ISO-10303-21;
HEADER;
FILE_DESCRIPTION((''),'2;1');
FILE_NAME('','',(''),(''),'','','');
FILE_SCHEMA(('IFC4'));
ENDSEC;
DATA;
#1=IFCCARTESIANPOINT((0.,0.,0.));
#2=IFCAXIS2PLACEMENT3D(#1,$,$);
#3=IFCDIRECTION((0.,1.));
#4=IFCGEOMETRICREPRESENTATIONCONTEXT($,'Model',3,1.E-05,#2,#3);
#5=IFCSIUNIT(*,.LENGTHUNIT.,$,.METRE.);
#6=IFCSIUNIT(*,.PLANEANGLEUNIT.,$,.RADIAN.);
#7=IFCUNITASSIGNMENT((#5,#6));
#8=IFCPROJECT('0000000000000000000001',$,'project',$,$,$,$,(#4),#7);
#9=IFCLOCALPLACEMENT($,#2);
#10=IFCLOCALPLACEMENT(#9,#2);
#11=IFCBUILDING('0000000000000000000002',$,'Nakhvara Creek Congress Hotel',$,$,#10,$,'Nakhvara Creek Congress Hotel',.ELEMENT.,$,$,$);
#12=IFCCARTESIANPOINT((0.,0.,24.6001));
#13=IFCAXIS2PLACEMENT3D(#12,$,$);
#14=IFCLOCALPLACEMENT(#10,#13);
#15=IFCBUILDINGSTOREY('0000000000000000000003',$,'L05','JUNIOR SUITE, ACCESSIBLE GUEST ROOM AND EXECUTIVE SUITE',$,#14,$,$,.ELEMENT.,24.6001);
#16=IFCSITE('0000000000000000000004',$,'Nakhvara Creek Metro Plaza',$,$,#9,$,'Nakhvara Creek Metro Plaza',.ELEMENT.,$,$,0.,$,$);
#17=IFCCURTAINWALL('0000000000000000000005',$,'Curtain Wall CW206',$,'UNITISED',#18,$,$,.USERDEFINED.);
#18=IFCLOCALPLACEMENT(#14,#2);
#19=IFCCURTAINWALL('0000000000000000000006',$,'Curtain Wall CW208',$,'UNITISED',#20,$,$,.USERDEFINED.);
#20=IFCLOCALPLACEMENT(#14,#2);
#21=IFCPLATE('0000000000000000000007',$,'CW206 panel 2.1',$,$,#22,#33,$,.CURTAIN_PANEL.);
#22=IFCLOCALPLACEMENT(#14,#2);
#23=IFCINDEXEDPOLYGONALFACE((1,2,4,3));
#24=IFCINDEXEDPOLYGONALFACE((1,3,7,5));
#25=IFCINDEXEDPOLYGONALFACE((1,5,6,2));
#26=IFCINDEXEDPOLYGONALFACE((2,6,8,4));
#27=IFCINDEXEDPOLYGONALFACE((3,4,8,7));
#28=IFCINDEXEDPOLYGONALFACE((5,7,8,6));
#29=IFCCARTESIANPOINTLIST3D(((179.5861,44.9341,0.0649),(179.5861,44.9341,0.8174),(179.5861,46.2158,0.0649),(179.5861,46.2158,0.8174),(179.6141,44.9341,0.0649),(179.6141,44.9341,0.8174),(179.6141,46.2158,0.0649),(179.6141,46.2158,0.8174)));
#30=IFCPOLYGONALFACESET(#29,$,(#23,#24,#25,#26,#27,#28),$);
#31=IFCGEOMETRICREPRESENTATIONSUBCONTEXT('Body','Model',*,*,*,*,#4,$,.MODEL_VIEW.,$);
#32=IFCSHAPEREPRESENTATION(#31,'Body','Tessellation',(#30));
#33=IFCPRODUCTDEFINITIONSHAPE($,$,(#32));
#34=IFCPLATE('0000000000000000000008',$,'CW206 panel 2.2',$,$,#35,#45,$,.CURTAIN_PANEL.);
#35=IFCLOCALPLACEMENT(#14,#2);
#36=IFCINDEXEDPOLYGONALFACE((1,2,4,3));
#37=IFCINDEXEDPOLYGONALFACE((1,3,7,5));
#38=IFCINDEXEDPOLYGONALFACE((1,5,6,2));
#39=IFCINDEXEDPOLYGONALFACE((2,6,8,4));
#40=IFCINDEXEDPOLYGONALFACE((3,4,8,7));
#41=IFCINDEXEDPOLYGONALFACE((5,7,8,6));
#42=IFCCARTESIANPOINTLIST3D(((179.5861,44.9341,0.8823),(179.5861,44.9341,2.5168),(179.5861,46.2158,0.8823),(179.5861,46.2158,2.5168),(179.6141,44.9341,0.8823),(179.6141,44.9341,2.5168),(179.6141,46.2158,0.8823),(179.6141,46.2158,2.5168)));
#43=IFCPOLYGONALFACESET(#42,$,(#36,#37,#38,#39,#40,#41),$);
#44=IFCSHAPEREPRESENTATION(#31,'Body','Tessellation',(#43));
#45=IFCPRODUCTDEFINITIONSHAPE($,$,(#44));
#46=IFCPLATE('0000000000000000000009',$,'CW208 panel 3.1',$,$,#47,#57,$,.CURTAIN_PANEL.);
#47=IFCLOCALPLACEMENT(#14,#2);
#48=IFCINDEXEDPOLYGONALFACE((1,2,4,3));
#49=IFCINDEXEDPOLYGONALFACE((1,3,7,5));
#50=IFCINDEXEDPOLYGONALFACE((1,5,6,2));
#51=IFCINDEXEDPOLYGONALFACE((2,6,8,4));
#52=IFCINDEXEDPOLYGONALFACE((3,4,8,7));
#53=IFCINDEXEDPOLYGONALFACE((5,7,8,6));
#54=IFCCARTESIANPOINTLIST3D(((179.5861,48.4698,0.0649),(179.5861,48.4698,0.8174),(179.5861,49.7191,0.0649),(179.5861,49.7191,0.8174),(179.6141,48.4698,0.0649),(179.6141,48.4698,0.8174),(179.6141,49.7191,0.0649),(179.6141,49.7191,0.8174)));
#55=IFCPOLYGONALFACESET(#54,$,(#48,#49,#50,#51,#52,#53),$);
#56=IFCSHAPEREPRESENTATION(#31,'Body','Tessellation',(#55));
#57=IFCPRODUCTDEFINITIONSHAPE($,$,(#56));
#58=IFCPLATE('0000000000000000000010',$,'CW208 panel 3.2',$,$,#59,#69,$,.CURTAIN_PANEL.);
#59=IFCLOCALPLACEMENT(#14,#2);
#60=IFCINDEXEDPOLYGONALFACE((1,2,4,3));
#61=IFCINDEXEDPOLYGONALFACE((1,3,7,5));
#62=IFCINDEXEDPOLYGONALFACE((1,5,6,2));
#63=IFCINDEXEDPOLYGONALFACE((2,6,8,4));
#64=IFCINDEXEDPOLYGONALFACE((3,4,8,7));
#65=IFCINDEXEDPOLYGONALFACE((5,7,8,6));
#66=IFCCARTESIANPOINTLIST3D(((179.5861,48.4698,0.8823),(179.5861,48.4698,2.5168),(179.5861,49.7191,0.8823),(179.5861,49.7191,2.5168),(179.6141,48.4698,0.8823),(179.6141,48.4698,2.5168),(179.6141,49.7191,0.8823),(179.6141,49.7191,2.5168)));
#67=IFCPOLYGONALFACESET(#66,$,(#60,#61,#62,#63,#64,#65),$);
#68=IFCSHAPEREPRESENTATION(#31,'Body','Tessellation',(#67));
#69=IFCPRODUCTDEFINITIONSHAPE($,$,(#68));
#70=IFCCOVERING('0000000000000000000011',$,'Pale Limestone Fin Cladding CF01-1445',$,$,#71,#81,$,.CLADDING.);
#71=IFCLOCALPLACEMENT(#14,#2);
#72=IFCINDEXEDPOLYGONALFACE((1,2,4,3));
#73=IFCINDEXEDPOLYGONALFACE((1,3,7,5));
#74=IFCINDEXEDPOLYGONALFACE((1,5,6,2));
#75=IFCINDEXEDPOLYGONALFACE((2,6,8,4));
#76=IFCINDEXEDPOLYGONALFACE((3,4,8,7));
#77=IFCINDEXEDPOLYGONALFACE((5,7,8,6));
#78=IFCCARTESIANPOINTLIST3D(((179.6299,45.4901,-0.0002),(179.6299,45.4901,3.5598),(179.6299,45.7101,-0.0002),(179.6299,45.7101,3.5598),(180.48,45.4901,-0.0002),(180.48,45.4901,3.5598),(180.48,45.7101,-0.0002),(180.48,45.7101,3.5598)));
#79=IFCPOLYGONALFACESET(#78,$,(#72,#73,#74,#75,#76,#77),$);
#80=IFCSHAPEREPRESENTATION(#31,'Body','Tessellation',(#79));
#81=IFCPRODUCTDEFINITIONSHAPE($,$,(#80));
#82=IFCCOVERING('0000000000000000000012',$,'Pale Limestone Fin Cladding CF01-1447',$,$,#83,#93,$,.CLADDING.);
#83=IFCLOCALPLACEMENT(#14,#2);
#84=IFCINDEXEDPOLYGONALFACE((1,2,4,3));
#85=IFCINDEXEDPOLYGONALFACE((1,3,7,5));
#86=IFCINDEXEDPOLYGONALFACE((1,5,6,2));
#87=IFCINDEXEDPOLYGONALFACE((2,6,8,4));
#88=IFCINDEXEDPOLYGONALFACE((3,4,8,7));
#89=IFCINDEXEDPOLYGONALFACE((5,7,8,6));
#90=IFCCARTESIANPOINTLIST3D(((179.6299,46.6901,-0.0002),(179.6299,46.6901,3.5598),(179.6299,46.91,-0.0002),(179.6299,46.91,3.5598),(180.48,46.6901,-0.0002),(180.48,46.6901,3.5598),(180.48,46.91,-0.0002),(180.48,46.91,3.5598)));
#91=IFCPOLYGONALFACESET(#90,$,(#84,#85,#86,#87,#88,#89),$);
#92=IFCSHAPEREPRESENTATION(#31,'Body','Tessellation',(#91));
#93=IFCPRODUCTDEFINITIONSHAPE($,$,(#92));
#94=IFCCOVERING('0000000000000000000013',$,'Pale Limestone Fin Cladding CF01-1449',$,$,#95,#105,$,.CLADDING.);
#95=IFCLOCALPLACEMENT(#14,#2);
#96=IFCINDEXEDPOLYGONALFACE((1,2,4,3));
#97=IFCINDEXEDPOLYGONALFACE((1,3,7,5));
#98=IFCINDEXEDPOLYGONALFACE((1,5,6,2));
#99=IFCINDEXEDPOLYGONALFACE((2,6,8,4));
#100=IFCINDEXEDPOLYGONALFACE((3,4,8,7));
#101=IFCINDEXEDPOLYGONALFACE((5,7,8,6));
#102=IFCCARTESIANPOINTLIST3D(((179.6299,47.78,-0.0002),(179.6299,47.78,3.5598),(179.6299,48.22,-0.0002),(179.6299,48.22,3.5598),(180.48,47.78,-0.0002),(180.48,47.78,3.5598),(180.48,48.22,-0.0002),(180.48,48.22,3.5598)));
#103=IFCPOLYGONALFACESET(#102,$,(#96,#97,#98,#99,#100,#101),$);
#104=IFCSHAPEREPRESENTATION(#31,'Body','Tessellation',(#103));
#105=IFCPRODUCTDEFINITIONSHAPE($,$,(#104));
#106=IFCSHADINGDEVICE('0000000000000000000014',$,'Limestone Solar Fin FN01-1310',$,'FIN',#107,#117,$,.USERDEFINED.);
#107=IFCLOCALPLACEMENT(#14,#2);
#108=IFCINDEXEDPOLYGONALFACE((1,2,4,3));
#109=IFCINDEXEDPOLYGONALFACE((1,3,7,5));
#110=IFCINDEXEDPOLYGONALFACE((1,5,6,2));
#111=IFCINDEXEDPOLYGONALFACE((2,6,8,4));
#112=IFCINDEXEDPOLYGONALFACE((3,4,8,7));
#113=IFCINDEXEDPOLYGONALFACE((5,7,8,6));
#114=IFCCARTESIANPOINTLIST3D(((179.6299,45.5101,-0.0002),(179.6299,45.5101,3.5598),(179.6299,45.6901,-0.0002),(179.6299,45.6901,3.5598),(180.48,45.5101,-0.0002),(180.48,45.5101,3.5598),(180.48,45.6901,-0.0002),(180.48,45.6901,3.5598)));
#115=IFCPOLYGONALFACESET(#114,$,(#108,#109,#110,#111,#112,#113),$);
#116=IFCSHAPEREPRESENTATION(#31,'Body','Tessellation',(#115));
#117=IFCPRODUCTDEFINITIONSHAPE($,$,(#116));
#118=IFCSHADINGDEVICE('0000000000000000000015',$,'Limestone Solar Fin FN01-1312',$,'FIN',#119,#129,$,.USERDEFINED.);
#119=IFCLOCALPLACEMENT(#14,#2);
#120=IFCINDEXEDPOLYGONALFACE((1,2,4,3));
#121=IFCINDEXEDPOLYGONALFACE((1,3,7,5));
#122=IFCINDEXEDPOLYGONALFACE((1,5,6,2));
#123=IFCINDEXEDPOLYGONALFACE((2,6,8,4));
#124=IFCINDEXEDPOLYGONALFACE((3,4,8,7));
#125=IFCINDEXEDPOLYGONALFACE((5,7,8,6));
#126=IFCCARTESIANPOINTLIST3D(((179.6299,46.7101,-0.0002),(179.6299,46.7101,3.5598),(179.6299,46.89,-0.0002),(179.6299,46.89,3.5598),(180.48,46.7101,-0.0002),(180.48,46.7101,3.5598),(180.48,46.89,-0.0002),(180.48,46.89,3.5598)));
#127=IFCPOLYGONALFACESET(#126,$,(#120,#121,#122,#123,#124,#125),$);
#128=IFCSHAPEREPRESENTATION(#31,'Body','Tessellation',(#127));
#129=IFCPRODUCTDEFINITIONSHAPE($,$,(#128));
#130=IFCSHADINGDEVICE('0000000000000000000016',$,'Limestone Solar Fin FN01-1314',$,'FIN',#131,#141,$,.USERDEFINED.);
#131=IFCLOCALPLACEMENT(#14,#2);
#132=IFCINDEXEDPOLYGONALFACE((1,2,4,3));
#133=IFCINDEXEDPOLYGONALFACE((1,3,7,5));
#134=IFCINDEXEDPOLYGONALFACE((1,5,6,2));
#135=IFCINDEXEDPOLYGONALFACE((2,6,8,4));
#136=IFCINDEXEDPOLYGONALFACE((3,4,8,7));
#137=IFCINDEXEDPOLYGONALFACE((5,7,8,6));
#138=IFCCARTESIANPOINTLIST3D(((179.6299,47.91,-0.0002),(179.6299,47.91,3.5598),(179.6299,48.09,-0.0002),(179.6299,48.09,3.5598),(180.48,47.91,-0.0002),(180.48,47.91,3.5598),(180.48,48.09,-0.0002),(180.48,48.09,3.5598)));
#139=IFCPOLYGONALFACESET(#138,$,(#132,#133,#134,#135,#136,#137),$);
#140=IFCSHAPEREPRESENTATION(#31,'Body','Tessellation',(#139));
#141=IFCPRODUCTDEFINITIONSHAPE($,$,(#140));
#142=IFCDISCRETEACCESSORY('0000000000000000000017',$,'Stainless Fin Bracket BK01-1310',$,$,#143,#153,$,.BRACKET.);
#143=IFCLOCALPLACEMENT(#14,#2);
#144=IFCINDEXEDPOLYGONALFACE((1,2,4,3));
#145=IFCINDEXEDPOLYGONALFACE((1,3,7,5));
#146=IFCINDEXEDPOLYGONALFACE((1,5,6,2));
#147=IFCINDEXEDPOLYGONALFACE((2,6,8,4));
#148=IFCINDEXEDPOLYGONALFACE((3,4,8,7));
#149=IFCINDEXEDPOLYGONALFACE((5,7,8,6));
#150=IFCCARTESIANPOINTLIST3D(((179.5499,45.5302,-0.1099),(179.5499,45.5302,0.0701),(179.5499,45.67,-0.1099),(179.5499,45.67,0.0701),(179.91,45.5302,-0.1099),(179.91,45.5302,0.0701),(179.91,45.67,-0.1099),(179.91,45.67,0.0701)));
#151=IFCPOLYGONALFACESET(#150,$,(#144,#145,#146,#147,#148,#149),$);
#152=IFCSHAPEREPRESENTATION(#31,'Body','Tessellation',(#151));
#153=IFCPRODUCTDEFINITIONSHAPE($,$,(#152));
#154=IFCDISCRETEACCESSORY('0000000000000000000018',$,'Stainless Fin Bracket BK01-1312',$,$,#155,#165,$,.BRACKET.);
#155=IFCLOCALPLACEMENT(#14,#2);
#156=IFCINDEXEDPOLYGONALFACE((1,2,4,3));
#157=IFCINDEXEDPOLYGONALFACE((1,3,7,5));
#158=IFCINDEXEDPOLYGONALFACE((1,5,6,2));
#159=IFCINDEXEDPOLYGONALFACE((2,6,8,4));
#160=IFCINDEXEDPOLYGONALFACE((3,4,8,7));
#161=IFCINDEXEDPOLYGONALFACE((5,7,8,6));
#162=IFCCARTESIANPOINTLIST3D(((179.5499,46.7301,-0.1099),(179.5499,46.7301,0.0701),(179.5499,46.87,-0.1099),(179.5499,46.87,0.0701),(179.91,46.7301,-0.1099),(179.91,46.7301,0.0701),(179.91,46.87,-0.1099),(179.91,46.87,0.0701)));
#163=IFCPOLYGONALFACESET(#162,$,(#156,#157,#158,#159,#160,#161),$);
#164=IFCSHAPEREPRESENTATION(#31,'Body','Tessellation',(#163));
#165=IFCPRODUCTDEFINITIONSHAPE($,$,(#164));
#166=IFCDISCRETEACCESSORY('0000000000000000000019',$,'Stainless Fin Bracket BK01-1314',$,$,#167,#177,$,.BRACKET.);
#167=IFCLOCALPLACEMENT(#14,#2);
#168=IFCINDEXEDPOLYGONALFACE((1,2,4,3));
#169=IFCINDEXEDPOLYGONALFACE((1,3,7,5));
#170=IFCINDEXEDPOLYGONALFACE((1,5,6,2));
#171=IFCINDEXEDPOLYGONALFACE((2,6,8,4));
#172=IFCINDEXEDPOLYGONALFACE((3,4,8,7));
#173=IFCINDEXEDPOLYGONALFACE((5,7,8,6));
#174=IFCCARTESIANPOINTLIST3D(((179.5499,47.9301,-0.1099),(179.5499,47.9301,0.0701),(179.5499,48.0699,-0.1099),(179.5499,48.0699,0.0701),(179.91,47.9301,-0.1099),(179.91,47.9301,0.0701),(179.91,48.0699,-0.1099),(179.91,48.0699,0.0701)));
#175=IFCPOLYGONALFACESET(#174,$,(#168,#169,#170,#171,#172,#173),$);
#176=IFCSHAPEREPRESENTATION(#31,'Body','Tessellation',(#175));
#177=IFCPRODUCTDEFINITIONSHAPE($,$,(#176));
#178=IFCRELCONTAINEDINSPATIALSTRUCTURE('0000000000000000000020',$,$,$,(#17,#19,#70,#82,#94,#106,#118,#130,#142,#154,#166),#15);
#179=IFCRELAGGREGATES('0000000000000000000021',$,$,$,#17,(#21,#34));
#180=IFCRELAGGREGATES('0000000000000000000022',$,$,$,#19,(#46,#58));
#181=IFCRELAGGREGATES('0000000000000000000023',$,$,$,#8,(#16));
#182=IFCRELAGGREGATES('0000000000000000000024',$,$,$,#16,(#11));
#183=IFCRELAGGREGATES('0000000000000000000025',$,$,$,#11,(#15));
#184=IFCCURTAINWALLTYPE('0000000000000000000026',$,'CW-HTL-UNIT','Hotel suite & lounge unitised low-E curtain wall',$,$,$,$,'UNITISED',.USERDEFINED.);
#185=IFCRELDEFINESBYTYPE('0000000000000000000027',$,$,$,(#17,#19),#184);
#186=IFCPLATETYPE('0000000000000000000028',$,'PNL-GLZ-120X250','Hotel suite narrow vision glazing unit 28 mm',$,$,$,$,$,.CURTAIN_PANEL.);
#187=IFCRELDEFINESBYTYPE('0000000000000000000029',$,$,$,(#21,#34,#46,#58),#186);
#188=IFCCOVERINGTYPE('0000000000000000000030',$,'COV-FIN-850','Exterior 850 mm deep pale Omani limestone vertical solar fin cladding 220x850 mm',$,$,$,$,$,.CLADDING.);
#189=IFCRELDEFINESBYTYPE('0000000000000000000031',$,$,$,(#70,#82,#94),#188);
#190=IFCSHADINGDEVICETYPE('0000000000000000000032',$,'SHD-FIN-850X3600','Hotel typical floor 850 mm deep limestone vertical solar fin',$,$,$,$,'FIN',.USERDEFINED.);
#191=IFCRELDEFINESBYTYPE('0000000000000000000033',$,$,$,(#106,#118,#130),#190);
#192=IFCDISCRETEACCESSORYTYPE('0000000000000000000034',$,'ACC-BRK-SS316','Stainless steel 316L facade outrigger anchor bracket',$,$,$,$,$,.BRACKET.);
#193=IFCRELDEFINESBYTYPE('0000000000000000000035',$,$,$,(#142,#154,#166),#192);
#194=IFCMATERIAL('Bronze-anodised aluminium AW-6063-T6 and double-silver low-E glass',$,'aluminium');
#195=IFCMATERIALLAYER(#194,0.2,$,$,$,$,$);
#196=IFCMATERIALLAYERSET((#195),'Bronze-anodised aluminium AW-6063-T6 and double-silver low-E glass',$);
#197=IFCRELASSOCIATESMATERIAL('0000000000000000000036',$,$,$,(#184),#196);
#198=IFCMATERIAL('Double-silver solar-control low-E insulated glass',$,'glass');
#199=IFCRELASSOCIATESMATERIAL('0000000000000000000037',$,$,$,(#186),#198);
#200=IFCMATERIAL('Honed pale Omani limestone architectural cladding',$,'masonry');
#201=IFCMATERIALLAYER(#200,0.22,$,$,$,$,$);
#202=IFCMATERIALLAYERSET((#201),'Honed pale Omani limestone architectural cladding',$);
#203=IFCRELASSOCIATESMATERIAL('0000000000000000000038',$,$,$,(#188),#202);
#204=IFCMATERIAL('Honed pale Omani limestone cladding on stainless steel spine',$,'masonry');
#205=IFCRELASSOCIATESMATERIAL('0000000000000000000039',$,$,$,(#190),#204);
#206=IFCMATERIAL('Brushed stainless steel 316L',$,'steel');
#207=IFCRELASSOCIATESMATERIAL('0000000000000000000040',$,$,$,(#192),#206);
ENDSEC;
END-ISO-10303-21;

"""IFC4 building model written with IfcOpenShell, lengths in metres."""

from ifc_helpers import new_model, si_unit, direction, frame, origin, origin_2d, place, context, subcontext, project, spatial, rectangle, extrude, material, layer, layer_set, type_object, element, aggregate, save


model = new_model("IFC4")

# Units and contexts
model_context = context("Model", 3, precision=1e-05, world=origin(), true_north=direction((0.0, 1.0)))
body_context = subcontext(model_context, "Body", "Model", "MODEL_VIEW")
ifc_project = project(units=[si_unit("LENGTHUNIT", "METRE"), si_unit("PLANEANGLEUNIT", "RADIAN")], contexts=[model_context])

# Site, building, storey
site_placement = place(None, origin())
site = spatial("IfcSite", under=ifc_project, at=site_placement, Name="Nakhvara Creek Metro Plaza", LongName="Nakhvara Creek Metro Plaza", CompositionType="ELEMENT", RefElevation=0.0)
building_placement = place(site_placement, origin())
building = spatial("IfcBuilding", under=site, at=building_placement, Name="Nakhvara Creek Congress Hotel", LongName="Nakhvara Creek Congress Hotel", CompositionType="ELEMENT")
storey_placement = place(building_placement, frame((0.0, 0.0, 24.6001)))
storey = spatial("IfcBuildingStorey", under=building, at=storey_placement, Name="L05", Description="JUNIOR SUITE, ACCESSIBLE GUEST ROOM AND EXECUTIVE SUITE", CompositionType="ELEMENT", Elevation=24.6001)

# Curtain wall
ifc_material_1 = material(Name="Bronze-anodised aluminium AW-6063-T6 and double-silver low-E glass", Category="aluminium")
ifc_layer_1 = layer(ifc_material_1, 0.2)
ifc_layer_set_1 = layer_set([ifc_layer_1], Name="Bronze-anodised aluminium AW-6063-T6 and double-silver low-E glass")
curtain_wall_type = type_object("IfcCurtainWallType", Name="CW-HTL-UNIT", Description="Hotel suite & lounge unitised low-E curtain wall", ElementType="UNITISED", PredefinedType="USERDEFINED", material=ifc_layer_set_1)
curtain_wall_1_placement = place(storey_placement, origin())
curtain_wall_1 = element("IfcCurtainWall", 1, at=curtain_wall_1_placement, inside=storey, type_object=curtain_wall_type, Name="Curtain Wall CW206", ObjectType="UNITISED", PredefinedType="USERDEFINED")

# Curtain wall
curtain_wall_2_placement = place(storey_placement, origin())
curtain_wall_2 = element("IfcCurtainWall", 2, at=curtain_wall_2_placement, inside=storey, type_object=curtain_wall_type, Name="Curtain Wall CW208", ObjectType="UNITISED", PredefinedType="USERDEFINED")

# Plates
ifc_material_2 = material(Name="Double-silver solar-control low-E insulated glass", Category="glass")
plate_type = type_object("IfcPlateType", Name="PNL-GLZ-120X250", Description="Hotel suite narrow vision glazing unit 28 mm", PredefinedType="CURTAIN_PANEL", material=ifc_material_2)
plate_1_placement = place(storey_placement, frame((179.6001, 45.575, 0.0649), z_axis=(0.0, 0.0, 1.0), x_axis=(0.0, -1.0, 0.0)))
plate_1 = element("IfcPlate", 3, at=plate_1_placement, type_object=plate_type, Name="CW206 panel 2.1", PredefinedType="CURTAIN_PANEL", context=body_context, shape_type="SweptSolid", body=[
    extrude(rectangle(XDim=1.2817, YDim=0.0281, at=origin_2d()), origin(), (0.0, 0.0, 1.0), 0.7524),
])
plate_2_placement = place(storey_placement, frame((179.6001, 45.575, 0.8823), z_axis=(0.0, 0.0, 1.0), x_axis=(0.0, -1.0, 0.0)))
plate_2 = element("IfcPlate", 4, at=plate_2_placement, type_object=plate_type, Name="CW206 panel 2.2", PredefinedType="CURTAIN_PANEL", context=body_context, shape_type="SweptSolid", body=[
    extrude(rectangle(XDim=1.2817, YDim=0.0281, at=origin_2d()), origin(), (0.0, 0.0, 1.0), 1.6345),
])
aggregate(curtain_wall_1, [plate_1, plate_2])
plate_3_placement = place(storey_placement, frame((179.6001, 49.0945, 0.0649), z_axis=(0.0, 0.0, 1.0), x_axis=(0.0, -1.0, 0.0)))
plate_3 = element("IfcPlate", 5, at=plate_3_placement, type_object=plate_type, Name="CW208 panel 3.1", PredefinedType="CURTAIN_PANEL", context=body_context, shape_type="SweptSolid", body=[
    extrude(rectangle(XDim=1.2493, YDim=0.0281, at=origin_2d()), origin(), (0.0, 0.0, 1.0), 0.7524),
])
plate_4_placement = place(storey_placement, frame((179.6001, 49.0945, 0.8823), z_axis=(0.0, 0.0, 1.0), x_axis=(0.0, -1.0, 0.0)))
plate_4 = element("IfcPlate", 6, at=plate_4_placement, type_object=plate_type, Name="CW208 panel 3.2", PredefinedType="CURTAIN_PANEL", context=body_context, shape_type="SweptSolid", body=[
    extrude(rectangle(XDim=1.2493, YDim=0.0281, at=origin_2d()), origin(), (0.0, 0.0, 1.0), 1.6345),
])
aggregate(curtain_wall_2, [plate_3, plate_4])

# Coverings
ifc_material_3 = material(Name="Honed pale Omani limestone architectural cladding", Category="masonry")
ifc_layer_2 = layer(ifc_material_3, 0.22)
ifc_layer_set_2 = layer_set([ifc_layer_2], Name="Honed pale Omani limestone architectural cladding")
covering_type = type_object("IfcCoveringType", Name="COV-FIN-850", Description="Exterior 850 mm deep pale Omani limestone vertical solar fin cladding 220x850 mm", PredefinedType="CLADDING", material=ifc_layer_set_2)
for number, where, z_axis, x_axis, name in (
    (7, (180.0549, 45.6001, -0.0002), (0.0, 0.0, 1.0), (0.0, 1.0, 0.0), "Pale Limestone Fin Cladding CF01-1445"),
    (8, (180.0549, 46.8, -0.0002), (0.0, 0.0, 1.0), (0.0, 1.0, 0.0), "Pale Limestone Fin Cladding CF01-1447"),
):
    element("IfcCovering", number, at=place(storey_placement, frame(where, z_axis=z_axis, x_axis=x_axis)), inside=storey, type_object=covering_type, Name=name, PredefinedType="CLADDING", context=body_context, shape_type="SweptSolid", body=[
        extrude(rectangle(XDim=0.22, YDim=0.8501, at=origin_2d()), origin(), (0.0, 0.0, 1.0), 3.5601),
    ])
covering_placement = place(storey_placement, frame((180.0549, 48.0, -0.0002), z_axis=(0.0, 0.0, 1.0), x_axis=(0.0, 1.0, 0.0)))
element("IfcCovering", 9, at=covering_placement, inside=storey, type_object=covering_type, Name="Pale Limestone Fin Cladding CF01-1449", PredefinedType="CLADDING", context=body_context, shape_type="SweptSolid", body=[
    extrude(rectangle(XDim=0.4399, YDim=0.8501, at=origin_2d()), origin(), (0.0, 0.0, 1.0), 3.5601),
])

# Shading devices
ifc_material_4 = material(Name="Honed pale Omani limestone cladding on stainless steel spine", Category="masonry")
shading_device_type = type_object("IfcShadingDeviceType", Name="SHD-FIN-850X3600", Description="Hotel typical floor 850 mm deep limestone vertical solar fin", ElementType="FIN", PredefinedType="USERDEFINED", material=ifc_material_4)
for number, where, z_axis, x_axis, name in (
    (10, (180.0549, 45.6001, -0.0002), (0.0, 0.0, 1.0), (0.0, 1.0, 0.0), "Limestone Solar Fin FN01-1310"),
    (11, (180.0549, 46.8, -0.0002), (0.0, 0.0, 1.0), (0.0, 1.0, 0.0), "Limestone Solar Fin FN01-1312"),
    (12, (180.0549, 48.0, -0.0002), (0.0, 0.0, 1.0), (0.0, 1.0, 0.0), "Limestone Solar Fin FN01-1314"),
):
    element("IfcShadingDevice", number, at=place(storey_placement, frame(where, z_axis=z_axis, x_axis=x_axis)), inside=storey, type_object=shading_device_type, Name=name, ObjectType="FIN", PredefinedType="USERDEFINED", context=body_context, shape_type="SweptSolid", body=[
        extrude(rectangle(XDim=0.1799, YDim=0.8501, at=origin_2d()), origin(), (0.0, 0.0, 1.0), 3.5601),
    ])

# Discrete accessories
ifc_material_5 = material(Name="Brushed stainless steel 316L", Category="steel")
discrete_accessory_type = type_object("IfcDiscreteAccessoryType", Name="ACC-BRK-SS316", Description="Stainless steel 316L facade outrigger anchor bracket", PredefinedType="BRACKET", material=ifc_material_5)
for number, where, z_axis, x_axis, name in (
    (13, (179.73, 45.6001, -0.1099), (0.0, 0.0, 1.0), (0.0, 1.0, 0.0), "Stainless Fin Bracket BK01-1310"),
    (14, (179.73, 46.8, -0.1099), (0.0, 0.0, 1.0), (0.0, 1.0, 0.0), "Stainless Fin Bracket BK01-1312"),
    (15, (179.73, 48.0, -0.1099), (0.0, 0.0, 1.0), (0.0, 1.0, 0.0), "Stainless Fin Bracket BK01-1314"),
):
    element("IfcDiscreteAccessory", number, at=place(storey_placement, frame(where, z_axis=z_axis, x_axis=x_axis)), inside=storey, type_object=discrete_accessory_type, Name=name, PredefinedType="BRACKET", context=body_context, shape_type="SweptSolid", body=[
        extrude(rectangle(XDim=0.1399, YDim=0.3601, at=origin_2d()), origin(), (0.0, 0.0, 1.0), 0.1799),
    ])

save(model, "model.ifc")
